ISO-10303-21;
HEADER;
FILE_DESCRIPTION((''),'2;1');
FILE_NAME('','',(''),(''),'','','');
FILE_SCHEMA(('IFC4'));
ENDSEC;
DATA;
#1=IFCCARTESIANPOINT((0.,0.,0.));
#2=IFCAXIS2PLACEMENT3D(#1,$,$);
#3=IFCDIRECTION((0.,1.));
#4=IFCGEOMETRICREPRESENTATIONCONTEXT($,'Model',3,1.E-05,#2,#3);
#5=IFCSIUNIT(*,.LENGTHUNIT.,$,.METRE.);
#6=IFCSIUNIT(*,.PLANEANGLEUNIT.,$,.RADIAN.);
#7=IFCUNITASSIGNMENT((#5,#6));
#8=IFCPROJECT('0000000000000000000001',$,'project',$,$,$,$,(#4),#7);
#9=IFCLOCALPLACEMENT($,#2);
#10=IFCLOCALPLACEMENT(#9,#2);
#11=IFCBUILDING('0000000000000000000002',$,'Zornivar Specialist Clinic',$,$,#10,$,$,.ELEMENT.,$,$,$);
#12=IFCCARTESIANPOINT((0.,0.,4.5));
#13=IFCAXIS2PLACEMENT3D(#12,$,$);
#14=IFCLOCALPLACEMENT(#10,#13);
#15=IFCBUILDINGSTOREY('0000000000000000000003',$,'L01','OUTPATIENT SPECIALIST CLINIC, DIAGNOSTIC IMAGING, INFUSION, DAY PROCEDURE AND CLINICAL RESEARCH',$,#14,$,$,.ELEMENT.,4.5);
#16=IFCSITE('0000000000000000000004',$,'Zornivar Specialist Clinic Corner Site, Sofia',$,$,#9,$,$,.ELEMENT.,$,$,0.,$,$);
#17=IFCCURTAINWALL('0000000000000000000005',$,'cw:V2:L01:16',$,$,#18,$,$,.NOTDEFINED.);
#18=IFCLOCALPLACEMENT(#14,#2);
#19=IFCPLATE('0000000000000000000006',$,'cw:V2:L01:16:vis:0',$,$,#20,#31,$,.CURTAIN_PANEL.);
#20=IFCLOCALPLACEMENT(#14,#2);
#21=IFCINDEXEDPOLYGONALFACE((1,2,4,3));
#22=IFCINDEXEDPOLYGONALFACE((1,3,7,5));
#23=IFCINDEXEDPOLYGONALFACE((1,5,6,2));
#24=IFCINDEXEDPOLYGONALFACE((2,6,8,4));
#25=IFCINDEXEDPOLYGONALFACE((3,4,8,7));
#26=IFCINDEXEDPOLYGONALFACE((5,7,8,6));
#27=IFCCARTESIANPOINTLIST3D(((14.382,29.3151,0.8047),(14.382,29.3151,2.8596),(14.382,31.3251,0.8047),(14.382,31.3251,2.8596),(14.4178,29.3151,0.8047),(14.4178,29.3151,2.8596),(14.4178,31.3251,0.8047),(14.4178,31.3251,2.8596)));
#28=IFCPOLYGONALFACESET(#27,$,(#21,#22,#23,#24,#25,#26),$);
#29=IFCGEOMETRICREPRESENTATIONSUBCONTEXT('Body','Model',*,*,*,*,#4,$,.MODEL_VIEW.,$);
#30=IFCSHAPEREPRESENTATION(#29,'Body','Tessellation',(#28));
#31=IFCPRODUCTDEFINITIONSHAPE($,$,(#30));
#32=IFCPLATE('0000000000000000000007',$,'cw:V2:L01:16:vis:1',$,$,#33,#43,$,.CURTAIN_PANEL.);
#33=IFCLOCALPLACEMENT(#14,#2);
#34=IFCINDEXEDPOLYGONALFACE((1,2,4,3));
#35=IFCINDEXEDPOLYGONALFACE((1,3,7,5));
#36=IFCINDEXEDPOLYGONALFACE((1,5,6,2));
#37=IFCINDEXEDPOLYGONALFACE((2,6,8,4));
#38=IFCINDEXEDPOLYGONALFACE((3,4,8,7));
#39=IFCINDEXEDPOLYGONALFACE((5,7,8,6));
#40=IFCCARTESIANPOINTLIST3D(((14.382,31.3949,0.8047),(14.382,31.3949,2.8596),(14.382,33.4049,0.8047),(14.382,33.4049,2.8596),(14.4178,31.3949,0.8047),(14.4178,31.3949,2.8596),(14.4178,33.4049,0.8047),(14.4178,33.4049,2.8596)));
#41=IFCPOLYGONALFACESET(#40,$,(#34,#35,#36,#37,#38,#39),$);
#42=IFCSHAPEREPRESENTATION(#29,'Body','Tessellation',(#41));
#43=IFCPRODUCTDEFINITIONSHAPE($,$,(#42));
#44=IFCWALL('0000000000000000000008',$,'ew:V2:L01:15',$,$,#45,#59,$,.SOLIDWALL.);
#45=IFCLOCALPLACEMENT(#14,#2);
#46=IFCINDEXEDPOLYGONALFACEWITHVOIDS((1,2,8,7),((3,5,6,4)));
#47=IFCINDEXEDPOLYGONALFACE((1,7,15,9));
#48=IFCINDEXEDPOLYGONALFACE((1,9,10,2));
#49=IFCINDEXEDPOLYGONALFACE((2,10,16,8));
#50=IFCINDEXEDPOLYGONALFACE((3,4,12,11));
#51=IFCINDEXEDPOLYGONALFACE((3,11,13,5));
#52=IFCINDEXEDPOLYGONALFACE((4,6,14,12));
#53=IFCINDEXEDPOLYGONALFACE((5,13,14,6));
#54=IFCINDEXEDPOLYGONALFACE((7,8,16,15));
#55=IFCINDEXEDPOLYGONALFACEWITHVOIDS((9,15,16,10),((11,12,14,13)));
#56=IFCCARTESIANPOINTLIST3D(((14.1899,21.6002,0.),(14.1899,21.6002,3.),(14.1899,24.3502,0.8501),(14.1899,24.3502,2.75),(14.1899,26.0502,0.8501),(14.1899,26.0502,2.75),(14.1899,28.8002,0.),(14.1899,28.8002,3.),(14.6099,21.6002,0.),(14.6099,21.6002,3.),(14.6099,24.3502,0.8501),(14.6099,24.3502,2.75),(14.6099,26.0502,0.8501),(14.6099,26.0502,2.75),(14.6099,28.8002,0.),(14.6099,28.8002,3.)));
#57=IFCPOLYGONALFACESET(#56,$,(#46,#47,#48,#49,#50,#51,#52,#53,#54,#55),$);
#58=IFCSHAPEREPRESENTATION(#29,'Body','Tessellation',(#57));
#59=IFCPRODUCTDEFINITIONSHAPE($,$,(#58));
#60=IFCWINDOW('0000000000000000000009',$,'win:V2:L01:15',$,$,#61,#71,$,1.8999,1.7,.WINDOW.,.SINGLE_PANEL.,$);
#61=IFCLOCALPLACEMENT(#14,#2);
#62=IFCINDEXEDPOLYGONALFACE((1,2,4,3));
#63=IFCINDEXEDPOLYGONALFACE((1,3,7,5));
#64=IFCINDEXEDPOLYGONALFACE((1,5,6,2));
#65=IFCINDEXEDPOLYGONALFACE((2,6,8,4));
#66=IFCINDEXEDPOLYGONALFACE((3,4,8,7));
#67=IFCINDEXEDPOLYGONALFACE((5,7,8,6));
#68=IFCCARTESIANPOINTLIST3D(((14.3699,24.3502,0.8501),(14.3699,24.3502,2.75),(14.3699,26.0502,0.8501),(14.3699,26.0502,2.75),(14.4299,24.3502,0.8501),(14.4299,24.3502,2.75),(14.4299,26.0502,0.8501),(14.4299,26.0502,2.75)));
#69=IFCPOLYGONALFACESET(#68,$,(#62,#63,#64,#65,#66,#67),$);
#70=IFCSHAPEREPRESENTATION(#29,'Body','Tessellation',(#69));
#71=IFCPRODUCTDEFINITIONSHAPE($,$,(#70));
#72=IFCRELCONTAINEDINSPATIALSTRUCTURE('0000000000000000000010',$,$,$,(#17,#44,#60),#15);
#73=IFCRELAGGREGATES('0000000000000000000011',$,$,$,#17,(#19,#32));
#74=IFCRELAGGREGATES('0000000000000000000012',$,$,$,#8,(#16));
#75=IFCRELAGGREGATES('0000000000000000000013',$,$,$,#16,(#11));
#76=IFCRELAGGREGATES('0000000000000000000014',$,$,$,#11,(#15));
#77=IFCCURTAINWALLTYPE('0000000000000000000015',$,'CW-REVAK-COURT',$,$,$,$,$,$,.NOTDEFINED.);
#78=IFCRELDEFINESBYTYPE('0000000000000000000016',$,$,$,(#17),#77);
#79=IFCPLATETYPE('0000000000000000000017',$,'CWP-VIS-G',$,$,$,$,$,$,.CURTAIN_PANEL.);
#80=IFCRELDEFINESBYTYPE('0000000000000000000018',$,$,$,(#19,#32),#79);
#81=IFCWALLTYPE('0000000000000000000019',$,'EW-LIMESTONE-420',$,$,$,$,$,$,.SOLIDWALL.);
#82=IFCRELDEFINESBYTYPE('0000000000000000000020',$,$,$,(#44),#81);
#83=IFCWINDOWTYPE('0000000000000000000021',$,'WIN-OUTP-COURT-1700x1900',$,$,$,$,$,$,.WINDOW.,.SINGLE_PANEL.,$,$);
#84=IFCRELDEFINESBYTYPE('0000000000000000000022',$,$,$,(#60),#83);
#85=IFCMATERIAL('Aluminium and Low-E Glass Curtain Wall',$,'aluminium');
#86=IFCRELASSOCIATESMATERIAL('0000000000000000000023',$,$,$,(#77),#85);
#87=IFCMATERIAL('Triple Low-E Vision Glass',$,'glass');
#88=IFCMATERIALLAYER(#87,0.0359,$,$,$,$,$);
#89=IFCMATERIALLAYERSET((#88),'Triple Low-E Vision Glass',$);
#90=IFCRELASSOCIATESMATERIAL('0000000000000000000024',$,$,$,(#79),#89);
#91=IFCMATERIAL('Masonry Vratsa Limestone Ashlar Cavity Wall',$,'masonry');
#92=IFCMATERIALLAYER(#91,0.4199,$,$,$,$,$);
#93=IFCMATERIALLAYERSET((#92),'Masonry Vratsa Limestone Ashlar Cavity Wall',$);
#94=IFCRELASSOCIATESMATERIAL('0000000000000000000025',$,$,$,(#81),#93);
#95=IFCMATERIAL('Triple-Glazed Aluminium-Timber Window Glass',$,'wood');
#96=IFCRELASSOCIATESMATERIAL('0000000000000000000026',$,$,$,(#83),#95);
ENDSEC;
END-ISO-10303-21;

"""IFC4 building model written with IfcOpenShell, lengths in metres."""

from ifc_helpers import new_model, si_unit, direction, frame, frame_2d, origin, origin_2d, place, context, subcontext, project, spatial, rectangle, extrude, material, layer, layer_set, type_object, element, fill, aggregate, save


model = new_model("IFC4")

# Units and contexts
model_context = context("Model", 3, precision=1e-05, world=origin(), true_north=direction((0.0, 1.0)))
body_context = subcontext(model_context, "Body", "Model", "MODEL_VIEW")
ifc_project = project(units=[si_unit("LENGTHUNIT", "METRE"), si_unit("PLANEANGLEUNIT", "RADIAN")], contexts=[model_context])

# Site, building, storey
site_placement = place(None, origin())
site = spatial("IfcSite", under=ifc_project, at=site_placement, Name="Zornivar Specialist Clinic Corner Site, Sofia", CompositionType="ELEMENT", RefElevation=0.0)
building_placement = place(site_placement, origin())
building = spatial("IfcBuilding", under=site, at=building_placement, Name="Zornivar Specialist Clinic", CompositionType="ELEMENT")
storey_placement = place(building_placement, frame((0.0, 0.0, 4.5)))
storey = spatial("IfcBuildingStorey", under=building, at=storey_placement, Name="L01", Description="OUTPATIENT SPECIALIST CLINIC, DIAGNOSTIC IMAGING, INFUSION, DAY PROCEDURE AND CLINICAL RESEARCH", CompositionType="ELEMENT", Elevation=4.5)

# Curtain wall
ifc_material_1 = material(Name="Aluminium and Low-E Glass Curtain Wall", Category="aluminium")
curtain_wall_type = type_object("IfcCurtainWallType", Name="CW-REVAK-COURT", PredefinedType="NOTDEFINED", material=ifc_material_1)
curtain_wall_1_placement = place(storey_placement, origin())
curtain_wall_1 = element("IfcCurtainWall", 1, at=curtain_wall_1_placement, inside=storey, type_object=curtain_wall_type, Name="cw:V2:L01:16", PredefinedType="NOTDEFINED")

# Plates
ifc_material_2 = material(Name="Triple Low-E Vision Glass", Category="glass")
ifc_layer_1 = layer(ifc_material_2, 0.0359)
ifc_layer_set_1 = layer_set([ifc_layer_1], Name="Triple Low-E Vision Glass")
plate_type_1 = type_object("IfcPlateType", Name="CWP-VIS-G", PredefinedType="CURTAIN_PANEL", material=ifc_layer_set_1)
plate_1_placement = place(storey_placement, frame((14.3999, 30.3201, 0.8047), z_axis=(0.0, 0.0, 1.0), x_axis=(0.0, 1.0, 0.0)))
plate_1 = element("IfcPlate", 2, at=plate_1_placement, type_object=plate_type_1, Name="cw:V2:L01:16:vis:0", PredefinedType="CURTAIN_PANEL", context=body_context, shape_type="SweptSolid", body=[
    extrude(rectangle(XDim=2.01, YDim=0.0359, at=origin_2d()), origin(), (0.0, 0.0, 1.0), 2.0549),
])
plate_2_placement = place(storey_placement, frame((14.3999, 32.3999, 0.8047), z_axis=(0.0, 0.0, 1.0), x_axis=(0.0, 1.0, 0.0)))
plate_2 = element("IfcPlate", 3, at=plate_2_placement, type_object=plate_type_1, Name="cw:V2:L01:16:vis:1", PredefinedType="CURTAIN_PANEL", context=body_context, shape_type="SweptSolid", body=[
    extrude(rectangle(XDim=2.01, YDim=0.0359, at=origin_2d()), origin(), (0.0, 0.0, 1.0), 2.0549),
])
aggregate(curtain_wall_1, [plate_1, plate_2])

# Wall, opening, window
ifc_material_3 = material(Name="Masonry Vratsa Limestone Ashlar Cavity Wall", Category="masonry")
ifc_layer_2 = layer(ifc_material_3, 0.4199)
ifc_layer_set_2 = layer_set([ifc_layer_2], Name="Masonry Vratsa Limestone Ashlar Cavity Wall")
wall_type = type_object("IfcWallType", Name="EW-LIMESTONE-420", PredefinedType="SOLIDWALL", material=ifc_layer_set_2)
wall_placement = place(storey_placement, frame((14.3999, 21.6001, 0.0), z_axis=(0.0, 0.0, 1.0), x_axis=(0.0, 1.0, 0.0)))
wall = element("IfcWall", 4, at=wall_placement, inside=storey, type_object=wall_type, Name="ew:V2:L01:15", PredefinedType="SOLIDWALL", context=body_context, shape_type="SweptSolid", body=[
    extrude(rectangle(XDim=7.2, YDim=0.4199, at=frame_2d((3.6001, 0.0))), origin(), (0.0, 0.0, 1.0), 3.0),
])
opening_placement = place(wall_placement, frame((2.75, 0.0, 0.8501)))
opening = element("IfcOpeningElement", 5, at=opening_placement, cuts=wall, PredefinedType="OPENING", context=body_context, shape_type="SweptSolid", body=[
    extrude(rectangle(XDim=1.7, YDim=1.8999, at=frame_2d((0.8501, 0.95))), frame((0.0, 0.22, 0.0), z_axis=(0.0, -1.0, 0.0), x_axis=(1.0, 0.0, 0.0)), (0.0, 0.0, 1.0), 0.4399),
])
ifc_material_4 = material(Name="Triple-Glazed Aluminium-Timber Window Glass", Category="wood")
window_type = type_object("IfcWindowType", Name="WIN-OUTP-COURT-1700x1900", PartitioningType="SINGLE_PANEL", PredefinedType="WINDOW", material=ifc_material_4)
window_placement = place(opening_placement, origin())
window = element("IfcWindow", 6, at=window_placement, inside=storey, type_object=window_type, Name="win:V2:L01:15", OverallHeight=1.8999, OverallWidth=1.7, PartitioningType="SINGLE_PANEL", PredefinedType="WINDOW", context=body_context, shape_type="SweptSolid", body=[
    extrude(rectangle(XDim=1.7, YDim=1.8999, at=frame_2d((0.8501, 0.95))), frame((0.0, 0.03, 0.0), z_axis=(0.0, -1.0, 0.0), x_axis=(1.0, 0.0, 0.0)), (0.0, 0.0, 1.0), 0.0601),
])
fill(opening, window)

save(model, "model.ifc")
